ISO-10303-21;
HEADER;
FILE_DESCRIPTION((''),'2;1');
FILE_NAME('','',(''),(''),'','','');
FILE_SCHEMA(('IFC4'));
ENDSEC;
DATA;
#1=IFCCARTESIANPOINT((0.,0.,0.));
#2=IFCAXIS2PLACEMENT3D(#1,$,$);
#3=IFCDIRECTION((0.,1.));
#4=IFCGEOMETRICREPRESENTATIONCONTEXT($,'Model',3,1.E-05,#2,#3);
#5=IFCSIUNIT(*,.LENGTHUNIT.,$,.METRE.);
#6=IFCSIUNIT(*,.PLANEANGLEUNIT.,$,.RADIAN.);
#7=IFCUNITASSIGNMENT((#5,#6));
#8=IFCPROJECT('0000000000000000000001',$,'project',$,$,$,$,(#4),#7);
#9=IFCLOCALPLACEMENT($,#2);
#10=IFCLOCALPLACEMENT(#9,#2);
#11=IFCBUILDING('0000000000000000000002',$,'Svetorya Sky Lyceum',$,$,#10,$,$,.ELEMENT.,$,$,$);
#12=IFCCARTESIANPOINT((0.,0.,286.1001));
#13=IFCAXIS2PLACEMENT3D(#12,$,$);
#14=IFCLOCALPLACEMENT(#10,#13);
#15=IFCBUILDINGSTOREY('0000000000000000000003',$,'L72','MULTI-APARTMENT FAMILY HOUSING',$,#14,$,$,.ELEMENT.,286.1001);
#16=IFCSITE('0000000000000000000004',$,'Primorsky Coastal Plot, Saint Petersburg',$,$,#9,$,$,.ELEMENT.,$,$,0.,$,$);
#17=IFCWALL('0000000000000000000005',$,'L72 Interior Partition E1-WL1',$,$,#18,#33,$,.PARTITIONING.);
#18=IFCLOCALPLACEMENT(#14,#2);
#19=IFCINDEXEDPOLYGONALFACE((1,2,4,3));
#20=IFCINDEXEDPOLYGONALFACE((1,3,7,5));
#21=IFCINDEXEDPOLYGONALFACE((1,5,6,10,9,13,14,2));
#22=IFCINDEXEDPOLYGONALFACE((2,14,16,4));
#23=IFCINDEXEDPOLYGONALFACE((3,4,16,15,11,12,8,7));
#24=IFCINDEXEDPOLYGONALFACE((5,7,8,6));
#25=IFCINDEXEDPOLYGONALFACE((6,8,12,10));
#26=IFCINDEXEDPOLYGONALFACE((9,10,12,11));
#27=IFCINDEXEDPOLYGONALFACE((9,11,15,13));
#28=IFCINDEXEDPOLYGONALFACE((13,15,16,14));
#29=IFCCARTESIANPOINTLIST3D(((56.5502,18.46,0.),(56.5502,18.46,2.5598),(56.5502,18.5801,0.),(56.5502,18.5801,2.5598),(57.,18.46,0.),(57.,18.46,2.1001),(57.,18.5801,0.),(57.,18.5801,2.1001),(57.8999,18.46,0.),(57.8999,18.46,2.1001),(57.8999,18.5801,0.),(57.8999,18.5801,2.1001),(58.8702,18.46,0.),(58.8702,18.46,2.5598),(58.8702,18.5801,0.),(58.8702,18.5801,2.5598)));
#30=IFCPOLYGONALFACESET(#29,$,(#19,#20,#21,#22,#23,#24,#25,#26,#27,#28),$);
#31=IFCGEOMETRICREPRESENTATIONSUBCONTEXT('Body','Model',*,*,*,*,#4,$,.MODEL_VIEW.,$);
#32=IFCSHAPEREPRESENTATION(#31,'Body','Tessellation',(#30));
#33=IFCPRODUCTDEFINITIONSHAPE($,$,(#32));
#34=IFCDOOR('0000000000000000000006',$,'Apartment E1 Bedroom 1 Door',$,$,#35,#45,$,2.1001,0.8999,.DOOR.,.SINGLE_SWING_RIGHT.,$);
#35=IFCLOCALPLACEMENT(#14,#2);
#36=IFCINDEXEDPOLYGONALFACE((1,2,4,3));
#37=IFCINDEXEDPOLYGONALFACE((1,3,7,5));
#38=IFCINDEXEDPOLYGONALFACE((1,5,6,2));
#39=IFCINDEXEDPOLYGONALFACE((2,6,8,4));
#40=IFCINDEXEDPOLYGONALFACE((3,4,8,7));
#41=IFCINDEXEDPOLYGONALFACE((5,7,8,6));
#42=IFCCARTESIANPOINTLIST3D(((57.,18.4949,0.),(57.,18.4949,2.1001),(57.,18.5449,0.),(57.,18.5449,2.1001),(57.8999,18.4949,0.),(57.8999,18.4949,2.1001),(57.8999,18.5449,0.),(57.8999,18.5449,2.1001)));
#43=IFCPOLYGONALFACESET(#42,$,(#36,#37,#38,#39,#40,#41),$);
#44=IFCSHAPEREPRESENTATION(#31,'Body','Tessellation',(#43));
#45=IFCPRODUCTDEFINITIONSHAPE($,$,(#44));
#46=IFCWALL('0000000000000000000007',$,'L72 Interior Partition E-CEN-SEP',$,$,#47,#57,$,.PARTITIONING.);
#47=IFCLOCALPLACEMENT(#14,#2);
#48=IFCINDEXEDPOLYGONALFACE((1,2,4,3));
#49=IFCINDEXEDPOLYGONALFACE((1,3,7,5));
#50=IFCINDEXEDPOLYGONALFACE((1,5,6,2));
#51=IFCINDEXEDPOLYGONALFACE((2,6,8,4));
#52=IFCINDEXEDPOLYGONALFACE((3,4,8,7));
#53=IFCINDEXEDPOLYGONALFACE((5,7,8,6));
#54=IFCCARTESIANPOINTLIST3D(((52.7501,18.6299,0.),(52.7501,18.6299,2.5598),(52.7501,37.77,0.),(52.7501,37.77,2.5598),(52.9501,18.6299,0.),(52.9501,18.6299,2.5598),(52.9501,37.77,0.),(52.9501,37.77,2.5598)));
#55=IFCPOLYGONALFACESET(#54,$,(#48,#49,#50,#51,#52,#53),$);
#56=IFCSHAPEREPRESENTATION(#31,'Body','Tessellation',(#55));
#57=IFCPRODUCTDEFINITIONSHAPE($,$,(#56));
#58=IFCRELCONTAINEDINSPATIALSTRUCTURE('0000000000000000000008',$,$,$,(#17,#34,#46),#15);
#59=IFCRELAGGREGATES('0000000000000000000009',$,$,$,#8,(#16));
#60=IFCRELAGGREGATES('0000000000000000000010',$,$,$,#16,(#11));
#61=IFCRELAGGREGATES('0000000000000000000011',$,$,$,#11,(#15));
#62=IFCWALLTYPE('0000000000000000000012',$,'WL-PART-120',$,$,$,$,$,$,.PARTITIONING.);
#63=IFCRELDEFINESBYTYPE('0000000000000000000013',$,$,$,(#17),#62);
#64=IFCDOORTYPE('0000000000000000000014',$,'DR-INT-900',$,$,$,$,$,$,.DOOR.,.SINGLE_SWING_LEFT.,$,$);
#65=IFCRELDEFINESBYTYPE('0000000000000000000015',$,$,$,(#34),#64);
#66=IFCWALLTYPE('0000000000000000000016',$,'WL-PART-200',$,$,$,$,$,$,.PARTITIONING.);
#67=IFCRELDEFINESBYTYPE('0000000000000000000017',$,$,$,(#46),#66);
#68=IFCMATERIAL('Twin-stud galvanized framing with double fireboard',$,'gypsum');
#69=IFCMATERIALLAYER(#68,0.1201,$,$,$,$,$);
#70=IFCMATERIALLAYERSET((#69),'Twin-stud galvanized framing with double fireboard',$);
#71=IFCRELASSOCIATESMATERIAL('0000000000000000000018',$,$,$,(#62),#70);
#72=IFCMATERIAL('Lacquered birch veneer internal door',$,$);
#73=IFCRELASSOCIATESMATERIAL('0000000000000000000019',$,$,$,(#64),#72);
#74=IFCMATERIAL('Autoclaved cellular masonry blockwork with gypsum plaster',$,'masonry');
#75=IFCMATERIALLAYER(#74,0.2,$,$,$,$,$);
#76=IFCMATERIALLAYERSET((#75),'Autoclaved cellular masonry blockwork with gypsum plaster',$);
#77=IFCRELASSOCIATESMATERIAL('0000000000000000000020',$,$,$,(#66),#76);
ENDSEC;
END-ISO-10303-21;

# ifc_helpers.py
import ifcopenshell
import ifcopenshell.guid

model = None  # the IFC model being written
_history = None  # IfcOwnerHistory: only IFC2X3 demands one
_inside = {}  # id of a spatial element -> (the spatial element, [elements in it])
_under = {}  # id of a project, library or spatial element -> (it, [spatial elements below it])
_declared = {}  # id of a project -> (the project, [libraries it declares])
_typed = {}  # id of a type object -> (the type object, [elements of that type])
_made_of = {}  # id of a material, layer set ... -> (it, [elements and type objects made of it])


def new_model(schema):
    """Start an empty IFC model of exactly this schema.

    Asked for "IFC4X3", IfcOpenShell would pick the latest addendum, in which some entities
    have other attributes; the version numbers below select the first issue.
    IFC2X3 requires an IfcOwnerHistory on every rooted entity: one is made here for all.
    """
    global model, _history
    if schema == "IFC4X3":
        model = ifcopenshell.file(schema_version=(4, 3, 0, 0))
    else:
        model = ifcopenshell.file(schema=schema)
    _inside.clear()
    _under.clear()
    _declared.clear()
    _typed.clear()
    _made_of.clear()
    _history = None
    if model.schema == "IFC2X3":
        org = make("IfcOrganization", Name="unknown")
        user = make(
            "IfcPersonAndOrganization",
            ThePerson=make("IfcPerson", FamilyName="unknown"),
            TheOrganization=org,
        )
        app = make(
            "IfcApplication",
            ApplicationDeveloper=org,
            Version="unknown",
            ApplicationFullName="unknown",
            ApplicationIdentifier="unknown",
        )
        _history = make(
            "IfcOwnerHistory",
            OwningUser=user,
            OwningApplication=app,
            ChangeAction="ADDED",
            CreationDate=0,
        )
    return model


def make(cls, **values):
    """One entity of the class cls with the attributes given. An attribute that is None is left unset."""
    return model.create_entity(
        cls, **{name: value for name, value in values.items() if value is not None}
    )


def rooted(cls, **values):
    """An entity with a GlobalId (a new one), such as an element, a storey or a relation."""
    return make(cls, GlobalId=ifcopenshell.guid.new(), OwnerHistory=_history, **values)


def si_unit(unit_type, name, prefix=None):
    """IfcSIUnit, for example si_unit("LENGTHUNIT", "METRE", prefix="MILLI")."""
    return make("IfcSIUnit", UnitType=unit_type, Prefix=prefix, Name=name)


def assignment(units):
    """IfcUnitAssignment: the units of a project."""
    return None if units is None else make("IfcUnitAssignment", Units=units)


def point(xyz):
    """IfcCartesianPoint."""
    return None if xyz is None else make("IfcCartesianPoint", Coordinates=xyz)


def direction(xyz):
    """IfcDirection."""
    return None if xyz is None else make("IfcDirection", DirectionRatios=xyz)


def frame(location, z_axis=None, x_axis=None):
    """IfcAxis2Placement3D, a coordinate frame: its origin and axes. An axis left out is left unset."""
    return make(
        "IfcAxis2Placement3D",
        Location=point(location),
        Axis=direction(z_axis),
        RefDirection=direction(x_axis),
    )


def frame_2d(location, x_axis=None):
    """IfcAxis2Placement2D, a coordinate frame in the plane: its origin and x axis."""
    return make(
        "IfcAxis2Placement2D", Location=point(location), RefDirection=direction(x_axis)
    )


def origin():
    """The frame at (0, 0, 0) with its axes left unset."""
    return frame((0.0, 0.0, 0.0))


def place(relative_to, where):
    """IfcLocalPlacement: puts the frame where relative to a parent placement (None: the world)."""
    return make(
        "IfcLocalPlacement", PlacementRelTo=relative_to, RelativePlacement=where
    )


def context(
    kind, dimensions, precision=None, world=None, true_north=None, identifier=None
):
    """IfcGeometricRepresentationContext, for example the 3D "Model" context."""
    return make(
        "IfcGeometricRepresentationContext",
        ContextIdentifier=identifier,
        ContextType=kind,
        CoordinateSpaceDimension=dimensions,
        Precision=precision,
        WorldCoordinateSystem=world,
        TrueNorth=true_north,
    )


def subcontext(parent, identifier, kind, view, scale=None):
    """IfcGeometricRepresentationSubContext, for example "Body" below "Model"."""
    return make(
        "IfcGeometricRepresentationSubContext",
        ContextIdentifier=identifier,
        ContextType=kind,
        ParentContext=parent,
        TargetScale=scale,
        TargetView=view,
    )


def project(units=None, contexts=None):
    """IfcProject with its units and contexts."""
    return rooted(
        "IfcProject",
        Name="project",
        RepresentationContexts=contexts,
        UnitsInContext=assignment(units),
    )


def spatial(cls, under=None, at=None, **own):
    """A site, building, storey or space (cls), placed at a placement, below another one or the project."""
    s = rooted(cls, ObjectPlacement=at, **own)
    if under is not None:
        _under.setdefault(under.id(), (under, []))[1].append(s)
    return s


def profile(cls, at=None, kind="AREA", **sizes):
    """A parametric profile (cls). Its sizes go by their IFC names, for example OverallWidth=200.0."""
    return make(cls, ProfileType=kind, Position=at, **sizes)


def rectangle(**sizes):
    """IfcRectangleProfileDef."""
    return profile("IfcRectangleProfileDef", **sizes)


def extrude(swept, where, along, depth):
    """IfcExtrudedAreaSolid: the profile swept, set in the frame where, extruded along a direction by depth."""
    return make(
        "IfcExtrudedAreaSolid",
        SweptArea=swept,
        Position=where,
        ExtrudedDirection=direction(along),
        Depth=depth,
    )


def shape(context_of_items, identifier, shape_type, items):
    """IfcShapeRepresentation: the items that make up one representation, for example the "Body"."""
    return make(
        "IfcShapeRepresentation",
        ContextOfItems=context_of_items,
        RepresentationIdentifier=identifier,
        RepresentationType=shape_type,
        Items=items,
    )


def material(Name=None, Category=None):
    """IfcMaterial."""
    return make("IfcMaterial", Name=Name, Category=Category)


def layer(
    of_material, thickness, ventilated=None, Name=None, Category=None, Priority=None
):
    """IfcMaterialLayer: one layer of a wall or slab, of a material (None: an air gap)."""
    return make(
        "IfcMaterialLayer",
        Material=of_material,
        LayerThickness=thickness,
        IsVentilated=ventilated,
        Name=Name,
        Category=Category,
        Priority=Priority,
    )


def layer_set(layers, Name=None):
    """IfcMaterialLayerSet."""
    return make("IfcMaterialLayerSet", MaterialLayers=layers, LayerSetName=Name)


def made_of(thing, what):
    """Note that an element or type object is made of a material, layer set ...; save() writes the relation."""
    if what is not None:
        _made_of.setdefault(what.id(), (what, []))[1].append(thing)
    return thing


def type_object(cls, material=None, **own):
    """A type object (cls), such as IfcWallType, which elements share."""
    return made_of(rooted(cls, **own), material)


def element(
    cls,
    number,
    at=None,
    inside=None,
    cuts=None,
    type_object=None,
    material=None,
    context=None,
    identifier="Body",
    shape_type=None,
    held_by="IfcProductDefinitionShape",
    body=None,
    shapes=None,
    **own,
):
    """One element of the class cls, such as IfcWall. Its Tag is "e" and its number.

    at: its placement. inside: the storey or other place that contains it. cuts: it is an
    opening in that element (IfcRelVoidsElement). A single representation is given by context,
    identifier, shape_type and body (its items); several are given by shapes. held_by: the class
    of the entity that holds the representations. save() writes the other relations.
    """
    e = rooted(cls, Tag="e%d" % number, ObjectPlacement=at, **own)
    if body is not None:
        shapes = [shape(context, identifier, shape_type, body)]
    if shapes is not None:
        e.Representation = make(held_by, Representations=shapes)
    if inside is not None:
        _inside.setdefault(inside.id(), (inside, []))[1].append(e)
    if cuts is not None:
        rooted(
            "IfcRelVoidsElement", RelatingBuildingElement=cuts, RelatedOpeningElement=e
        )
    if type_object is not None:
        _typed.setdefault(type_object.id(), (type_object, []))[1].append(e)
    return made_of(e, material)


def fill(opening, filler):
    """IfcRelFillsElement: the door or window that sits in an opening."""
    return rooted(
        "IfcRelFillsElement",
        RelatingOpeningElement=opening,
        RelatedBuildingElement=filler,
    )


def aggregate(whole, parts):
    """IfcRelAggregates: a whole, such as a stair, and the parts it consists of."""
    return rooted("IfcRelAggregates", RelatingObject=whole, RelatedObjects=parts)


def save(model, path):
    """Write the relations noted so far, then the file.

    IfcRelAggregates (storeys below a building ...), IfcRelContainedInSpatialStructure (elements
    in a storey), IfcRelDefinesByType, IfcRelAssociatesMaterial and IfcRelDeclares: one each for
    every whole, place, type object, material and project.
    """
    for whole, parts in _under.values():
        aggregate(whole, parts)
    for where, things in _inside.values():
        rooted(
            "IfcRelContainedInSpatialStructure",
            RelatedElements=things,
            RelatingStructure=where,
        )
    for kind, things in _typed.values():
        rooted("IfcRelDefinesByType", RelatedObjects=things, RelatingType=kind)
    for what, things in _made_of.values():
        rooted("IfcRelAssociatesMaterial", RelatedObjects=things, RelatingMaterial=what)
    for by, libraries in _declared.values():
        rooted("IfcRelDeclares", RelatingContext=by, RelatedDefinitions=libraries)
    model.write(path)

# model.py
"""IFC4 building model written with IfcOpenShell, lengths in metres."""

from ifc_helpers import new_model, si_unit, direction, frame, frame_2d, origin, place, context, subcontext, project, spatial, rectangle, extrude, material, layer, layer_set, type_object, element, fill, save


model = new_model("IFC4")

# Units and contexts
model_context = context("Model", 3, precision=1e-05, world=origin(), true_north=direction((0.0, 1.0)))
body_context = subcontext(model_context, "Body", "Model", "MODEL_VIEW")
ifc_project = project(units=[si_unit("LENGTHUNIT", "METRE"), si_unit("PLANEANGLEUNIT", "RADIAN")], contexts=[model_context])

# Site, building, storey
site_placement = place(None, origin())
site = spatial("IfcSite", under=ifc_project, at=site_placement, Name="Primorsky Coastal Plot, Saint Petersburg", CompositionType="ELEMENT", RefElevation=0.0)
building_placement = place(site_placement, origin())
building = spatial("IfcBuilding", under=site, at=building_placement, Name="Svetorya Sky Lyceum", CompositionType="ELEMENT")
storey_placement = place(building_placement, frame((0.0, 0.0, 286.1001)))
storey = spatial("IfcBuildingStorey", under=building, at=storey_placement, Name="L72", Description="MULTI-APARTMENT FAMILY HOUSING", CompositionType="ELEMENT", Elevation=286.1001)

# Shared definitions
ifc_material_1 = material(Name="Twin-stud galvanized framing with double fireboard", Category="gypsum")
ifc_layer_1 = layer(ifc_material_1, 0.1201)
ifc_layer_set_1 = layer_set([ifc_layer_1], Name="Twin-stud galvanized framing with double fireboard")
wall_type_1 = type_object("IfcWallType", Name="WL-PART-120", PredefinedType="PARTITIONING", material=ifc_layer_set_1)

# Wall, opening, door
wall_1_placement = place(storey_placement, frame((56.55, 18.52, 0.0), z_axis=(0.0, 0.0, 1.0), x_axis=(1.0, 0.0, 0.0)))
wall_1 = element("IfcWall", 1, at=wall_1_placement, inside=storey, type_object=wall_type_1, Name="L72 Interior Partition E1-WL1", PredefinedType="PARTITIONING", context=body_context, shape_type="SweptSolid", body=[
    extrude(rectangle(XDim=2.3201, YDim=0.1201, at=frame_2d((1.1602, 0.0))), origin(), (0.0, 0.0, 1.0), 2.5598),
])
opening_1_placement = place(wall_1_placement, frame((0.45, 0.0, 0.0)))
opening_1 = element("IfcOpeningElement", 2, at=opening_1_placement, cuts=wall_1, PredefinedType="OPENING", context=body_context, shape_type="SweptSolid", body=[
    extrude(rectangle(XDim=0.8999, YDim=2.1001, at=frame_2d((0.45, 1.05))), frame((0.0, 0.0701, 0.0), z_axis=(0.0, -1.0, 0.0), x_axis=(1.0, 0.0, 0.0)), (0.0, 0.0, 1.0), 0.1401),
])
ifc_material_2 = material(Name="Lacquered birch veneer internal door")
door_type = type_object("IfcDoorType", Name="DR-INT-900", OperationType="SINGLE_SWING_LEFT", PredefinedType="DOOR", material=ifc_material_2)
door_placement = place(opening_1_placement, origin())
door = element("IfcDoor", 3, at=door_placement, inside=storey, type_object=door_type, Name="Apartment E1 Bedroom 1 Door", OperationType="SINGLE_SWING_RIGHT", OverallHeight=2.1001, OverallWidth=0.8999, PredefinedType="DOOR", context=body_context, shape_type="SweptSolid", body=[
    extrude(rectangle(XDim=0.8999, YDim=2.1001, at=frame_2d((0.45, 1.05))), frame((0.0, 0.0249, 0.0), z_axis=(0.0, -1.0, 0.0), x_axis=(1.0, 0.0, 0.0)), (0.0, 0.0, 1.0), 0.05),
])
fill(opening_1, door)

# Wall
ifc_material_3 = material(Name="Autoclaved cellular masonry blockwork with gypsum plaster", Category="masonry")
ifc_layer_2 = layer(ifc_material_3, 0.2)
ifc_layer_set_2 = layer_set([ifc_layer_2], Name="Autoclaved cellular masonry blockwork with gypsum plaster")
wall_type_2 = type_object("IfcWallType", Name="WL-PART-200", PredefinedType="PARTITIONING", material=ifc_layer_set_2)
wall_2_placement = place(storey_placement, frame((52.8501, 18.6299, 0.0), z_axis=(0.0, 0.0, 1.0), x_axis=(0.0, 1.0, 0.0)))
element("IfcWall", 4, at=wall_2_placement, inside=storey, type_object=wall_type_2, Name="L72 Interior Partition E-CEN-SEP", PredefinedType="PARTITIONING", context=body_context, shape_type="SweptSolid", body=[
    extrude(rectangle(XDim=19.1401, YDim=0.2, at=frame_2d((9.5701, 0.0))), origin(), (0.0, 0.0, 1.0), 2.5598),
])

save(model, "model.ifc")
